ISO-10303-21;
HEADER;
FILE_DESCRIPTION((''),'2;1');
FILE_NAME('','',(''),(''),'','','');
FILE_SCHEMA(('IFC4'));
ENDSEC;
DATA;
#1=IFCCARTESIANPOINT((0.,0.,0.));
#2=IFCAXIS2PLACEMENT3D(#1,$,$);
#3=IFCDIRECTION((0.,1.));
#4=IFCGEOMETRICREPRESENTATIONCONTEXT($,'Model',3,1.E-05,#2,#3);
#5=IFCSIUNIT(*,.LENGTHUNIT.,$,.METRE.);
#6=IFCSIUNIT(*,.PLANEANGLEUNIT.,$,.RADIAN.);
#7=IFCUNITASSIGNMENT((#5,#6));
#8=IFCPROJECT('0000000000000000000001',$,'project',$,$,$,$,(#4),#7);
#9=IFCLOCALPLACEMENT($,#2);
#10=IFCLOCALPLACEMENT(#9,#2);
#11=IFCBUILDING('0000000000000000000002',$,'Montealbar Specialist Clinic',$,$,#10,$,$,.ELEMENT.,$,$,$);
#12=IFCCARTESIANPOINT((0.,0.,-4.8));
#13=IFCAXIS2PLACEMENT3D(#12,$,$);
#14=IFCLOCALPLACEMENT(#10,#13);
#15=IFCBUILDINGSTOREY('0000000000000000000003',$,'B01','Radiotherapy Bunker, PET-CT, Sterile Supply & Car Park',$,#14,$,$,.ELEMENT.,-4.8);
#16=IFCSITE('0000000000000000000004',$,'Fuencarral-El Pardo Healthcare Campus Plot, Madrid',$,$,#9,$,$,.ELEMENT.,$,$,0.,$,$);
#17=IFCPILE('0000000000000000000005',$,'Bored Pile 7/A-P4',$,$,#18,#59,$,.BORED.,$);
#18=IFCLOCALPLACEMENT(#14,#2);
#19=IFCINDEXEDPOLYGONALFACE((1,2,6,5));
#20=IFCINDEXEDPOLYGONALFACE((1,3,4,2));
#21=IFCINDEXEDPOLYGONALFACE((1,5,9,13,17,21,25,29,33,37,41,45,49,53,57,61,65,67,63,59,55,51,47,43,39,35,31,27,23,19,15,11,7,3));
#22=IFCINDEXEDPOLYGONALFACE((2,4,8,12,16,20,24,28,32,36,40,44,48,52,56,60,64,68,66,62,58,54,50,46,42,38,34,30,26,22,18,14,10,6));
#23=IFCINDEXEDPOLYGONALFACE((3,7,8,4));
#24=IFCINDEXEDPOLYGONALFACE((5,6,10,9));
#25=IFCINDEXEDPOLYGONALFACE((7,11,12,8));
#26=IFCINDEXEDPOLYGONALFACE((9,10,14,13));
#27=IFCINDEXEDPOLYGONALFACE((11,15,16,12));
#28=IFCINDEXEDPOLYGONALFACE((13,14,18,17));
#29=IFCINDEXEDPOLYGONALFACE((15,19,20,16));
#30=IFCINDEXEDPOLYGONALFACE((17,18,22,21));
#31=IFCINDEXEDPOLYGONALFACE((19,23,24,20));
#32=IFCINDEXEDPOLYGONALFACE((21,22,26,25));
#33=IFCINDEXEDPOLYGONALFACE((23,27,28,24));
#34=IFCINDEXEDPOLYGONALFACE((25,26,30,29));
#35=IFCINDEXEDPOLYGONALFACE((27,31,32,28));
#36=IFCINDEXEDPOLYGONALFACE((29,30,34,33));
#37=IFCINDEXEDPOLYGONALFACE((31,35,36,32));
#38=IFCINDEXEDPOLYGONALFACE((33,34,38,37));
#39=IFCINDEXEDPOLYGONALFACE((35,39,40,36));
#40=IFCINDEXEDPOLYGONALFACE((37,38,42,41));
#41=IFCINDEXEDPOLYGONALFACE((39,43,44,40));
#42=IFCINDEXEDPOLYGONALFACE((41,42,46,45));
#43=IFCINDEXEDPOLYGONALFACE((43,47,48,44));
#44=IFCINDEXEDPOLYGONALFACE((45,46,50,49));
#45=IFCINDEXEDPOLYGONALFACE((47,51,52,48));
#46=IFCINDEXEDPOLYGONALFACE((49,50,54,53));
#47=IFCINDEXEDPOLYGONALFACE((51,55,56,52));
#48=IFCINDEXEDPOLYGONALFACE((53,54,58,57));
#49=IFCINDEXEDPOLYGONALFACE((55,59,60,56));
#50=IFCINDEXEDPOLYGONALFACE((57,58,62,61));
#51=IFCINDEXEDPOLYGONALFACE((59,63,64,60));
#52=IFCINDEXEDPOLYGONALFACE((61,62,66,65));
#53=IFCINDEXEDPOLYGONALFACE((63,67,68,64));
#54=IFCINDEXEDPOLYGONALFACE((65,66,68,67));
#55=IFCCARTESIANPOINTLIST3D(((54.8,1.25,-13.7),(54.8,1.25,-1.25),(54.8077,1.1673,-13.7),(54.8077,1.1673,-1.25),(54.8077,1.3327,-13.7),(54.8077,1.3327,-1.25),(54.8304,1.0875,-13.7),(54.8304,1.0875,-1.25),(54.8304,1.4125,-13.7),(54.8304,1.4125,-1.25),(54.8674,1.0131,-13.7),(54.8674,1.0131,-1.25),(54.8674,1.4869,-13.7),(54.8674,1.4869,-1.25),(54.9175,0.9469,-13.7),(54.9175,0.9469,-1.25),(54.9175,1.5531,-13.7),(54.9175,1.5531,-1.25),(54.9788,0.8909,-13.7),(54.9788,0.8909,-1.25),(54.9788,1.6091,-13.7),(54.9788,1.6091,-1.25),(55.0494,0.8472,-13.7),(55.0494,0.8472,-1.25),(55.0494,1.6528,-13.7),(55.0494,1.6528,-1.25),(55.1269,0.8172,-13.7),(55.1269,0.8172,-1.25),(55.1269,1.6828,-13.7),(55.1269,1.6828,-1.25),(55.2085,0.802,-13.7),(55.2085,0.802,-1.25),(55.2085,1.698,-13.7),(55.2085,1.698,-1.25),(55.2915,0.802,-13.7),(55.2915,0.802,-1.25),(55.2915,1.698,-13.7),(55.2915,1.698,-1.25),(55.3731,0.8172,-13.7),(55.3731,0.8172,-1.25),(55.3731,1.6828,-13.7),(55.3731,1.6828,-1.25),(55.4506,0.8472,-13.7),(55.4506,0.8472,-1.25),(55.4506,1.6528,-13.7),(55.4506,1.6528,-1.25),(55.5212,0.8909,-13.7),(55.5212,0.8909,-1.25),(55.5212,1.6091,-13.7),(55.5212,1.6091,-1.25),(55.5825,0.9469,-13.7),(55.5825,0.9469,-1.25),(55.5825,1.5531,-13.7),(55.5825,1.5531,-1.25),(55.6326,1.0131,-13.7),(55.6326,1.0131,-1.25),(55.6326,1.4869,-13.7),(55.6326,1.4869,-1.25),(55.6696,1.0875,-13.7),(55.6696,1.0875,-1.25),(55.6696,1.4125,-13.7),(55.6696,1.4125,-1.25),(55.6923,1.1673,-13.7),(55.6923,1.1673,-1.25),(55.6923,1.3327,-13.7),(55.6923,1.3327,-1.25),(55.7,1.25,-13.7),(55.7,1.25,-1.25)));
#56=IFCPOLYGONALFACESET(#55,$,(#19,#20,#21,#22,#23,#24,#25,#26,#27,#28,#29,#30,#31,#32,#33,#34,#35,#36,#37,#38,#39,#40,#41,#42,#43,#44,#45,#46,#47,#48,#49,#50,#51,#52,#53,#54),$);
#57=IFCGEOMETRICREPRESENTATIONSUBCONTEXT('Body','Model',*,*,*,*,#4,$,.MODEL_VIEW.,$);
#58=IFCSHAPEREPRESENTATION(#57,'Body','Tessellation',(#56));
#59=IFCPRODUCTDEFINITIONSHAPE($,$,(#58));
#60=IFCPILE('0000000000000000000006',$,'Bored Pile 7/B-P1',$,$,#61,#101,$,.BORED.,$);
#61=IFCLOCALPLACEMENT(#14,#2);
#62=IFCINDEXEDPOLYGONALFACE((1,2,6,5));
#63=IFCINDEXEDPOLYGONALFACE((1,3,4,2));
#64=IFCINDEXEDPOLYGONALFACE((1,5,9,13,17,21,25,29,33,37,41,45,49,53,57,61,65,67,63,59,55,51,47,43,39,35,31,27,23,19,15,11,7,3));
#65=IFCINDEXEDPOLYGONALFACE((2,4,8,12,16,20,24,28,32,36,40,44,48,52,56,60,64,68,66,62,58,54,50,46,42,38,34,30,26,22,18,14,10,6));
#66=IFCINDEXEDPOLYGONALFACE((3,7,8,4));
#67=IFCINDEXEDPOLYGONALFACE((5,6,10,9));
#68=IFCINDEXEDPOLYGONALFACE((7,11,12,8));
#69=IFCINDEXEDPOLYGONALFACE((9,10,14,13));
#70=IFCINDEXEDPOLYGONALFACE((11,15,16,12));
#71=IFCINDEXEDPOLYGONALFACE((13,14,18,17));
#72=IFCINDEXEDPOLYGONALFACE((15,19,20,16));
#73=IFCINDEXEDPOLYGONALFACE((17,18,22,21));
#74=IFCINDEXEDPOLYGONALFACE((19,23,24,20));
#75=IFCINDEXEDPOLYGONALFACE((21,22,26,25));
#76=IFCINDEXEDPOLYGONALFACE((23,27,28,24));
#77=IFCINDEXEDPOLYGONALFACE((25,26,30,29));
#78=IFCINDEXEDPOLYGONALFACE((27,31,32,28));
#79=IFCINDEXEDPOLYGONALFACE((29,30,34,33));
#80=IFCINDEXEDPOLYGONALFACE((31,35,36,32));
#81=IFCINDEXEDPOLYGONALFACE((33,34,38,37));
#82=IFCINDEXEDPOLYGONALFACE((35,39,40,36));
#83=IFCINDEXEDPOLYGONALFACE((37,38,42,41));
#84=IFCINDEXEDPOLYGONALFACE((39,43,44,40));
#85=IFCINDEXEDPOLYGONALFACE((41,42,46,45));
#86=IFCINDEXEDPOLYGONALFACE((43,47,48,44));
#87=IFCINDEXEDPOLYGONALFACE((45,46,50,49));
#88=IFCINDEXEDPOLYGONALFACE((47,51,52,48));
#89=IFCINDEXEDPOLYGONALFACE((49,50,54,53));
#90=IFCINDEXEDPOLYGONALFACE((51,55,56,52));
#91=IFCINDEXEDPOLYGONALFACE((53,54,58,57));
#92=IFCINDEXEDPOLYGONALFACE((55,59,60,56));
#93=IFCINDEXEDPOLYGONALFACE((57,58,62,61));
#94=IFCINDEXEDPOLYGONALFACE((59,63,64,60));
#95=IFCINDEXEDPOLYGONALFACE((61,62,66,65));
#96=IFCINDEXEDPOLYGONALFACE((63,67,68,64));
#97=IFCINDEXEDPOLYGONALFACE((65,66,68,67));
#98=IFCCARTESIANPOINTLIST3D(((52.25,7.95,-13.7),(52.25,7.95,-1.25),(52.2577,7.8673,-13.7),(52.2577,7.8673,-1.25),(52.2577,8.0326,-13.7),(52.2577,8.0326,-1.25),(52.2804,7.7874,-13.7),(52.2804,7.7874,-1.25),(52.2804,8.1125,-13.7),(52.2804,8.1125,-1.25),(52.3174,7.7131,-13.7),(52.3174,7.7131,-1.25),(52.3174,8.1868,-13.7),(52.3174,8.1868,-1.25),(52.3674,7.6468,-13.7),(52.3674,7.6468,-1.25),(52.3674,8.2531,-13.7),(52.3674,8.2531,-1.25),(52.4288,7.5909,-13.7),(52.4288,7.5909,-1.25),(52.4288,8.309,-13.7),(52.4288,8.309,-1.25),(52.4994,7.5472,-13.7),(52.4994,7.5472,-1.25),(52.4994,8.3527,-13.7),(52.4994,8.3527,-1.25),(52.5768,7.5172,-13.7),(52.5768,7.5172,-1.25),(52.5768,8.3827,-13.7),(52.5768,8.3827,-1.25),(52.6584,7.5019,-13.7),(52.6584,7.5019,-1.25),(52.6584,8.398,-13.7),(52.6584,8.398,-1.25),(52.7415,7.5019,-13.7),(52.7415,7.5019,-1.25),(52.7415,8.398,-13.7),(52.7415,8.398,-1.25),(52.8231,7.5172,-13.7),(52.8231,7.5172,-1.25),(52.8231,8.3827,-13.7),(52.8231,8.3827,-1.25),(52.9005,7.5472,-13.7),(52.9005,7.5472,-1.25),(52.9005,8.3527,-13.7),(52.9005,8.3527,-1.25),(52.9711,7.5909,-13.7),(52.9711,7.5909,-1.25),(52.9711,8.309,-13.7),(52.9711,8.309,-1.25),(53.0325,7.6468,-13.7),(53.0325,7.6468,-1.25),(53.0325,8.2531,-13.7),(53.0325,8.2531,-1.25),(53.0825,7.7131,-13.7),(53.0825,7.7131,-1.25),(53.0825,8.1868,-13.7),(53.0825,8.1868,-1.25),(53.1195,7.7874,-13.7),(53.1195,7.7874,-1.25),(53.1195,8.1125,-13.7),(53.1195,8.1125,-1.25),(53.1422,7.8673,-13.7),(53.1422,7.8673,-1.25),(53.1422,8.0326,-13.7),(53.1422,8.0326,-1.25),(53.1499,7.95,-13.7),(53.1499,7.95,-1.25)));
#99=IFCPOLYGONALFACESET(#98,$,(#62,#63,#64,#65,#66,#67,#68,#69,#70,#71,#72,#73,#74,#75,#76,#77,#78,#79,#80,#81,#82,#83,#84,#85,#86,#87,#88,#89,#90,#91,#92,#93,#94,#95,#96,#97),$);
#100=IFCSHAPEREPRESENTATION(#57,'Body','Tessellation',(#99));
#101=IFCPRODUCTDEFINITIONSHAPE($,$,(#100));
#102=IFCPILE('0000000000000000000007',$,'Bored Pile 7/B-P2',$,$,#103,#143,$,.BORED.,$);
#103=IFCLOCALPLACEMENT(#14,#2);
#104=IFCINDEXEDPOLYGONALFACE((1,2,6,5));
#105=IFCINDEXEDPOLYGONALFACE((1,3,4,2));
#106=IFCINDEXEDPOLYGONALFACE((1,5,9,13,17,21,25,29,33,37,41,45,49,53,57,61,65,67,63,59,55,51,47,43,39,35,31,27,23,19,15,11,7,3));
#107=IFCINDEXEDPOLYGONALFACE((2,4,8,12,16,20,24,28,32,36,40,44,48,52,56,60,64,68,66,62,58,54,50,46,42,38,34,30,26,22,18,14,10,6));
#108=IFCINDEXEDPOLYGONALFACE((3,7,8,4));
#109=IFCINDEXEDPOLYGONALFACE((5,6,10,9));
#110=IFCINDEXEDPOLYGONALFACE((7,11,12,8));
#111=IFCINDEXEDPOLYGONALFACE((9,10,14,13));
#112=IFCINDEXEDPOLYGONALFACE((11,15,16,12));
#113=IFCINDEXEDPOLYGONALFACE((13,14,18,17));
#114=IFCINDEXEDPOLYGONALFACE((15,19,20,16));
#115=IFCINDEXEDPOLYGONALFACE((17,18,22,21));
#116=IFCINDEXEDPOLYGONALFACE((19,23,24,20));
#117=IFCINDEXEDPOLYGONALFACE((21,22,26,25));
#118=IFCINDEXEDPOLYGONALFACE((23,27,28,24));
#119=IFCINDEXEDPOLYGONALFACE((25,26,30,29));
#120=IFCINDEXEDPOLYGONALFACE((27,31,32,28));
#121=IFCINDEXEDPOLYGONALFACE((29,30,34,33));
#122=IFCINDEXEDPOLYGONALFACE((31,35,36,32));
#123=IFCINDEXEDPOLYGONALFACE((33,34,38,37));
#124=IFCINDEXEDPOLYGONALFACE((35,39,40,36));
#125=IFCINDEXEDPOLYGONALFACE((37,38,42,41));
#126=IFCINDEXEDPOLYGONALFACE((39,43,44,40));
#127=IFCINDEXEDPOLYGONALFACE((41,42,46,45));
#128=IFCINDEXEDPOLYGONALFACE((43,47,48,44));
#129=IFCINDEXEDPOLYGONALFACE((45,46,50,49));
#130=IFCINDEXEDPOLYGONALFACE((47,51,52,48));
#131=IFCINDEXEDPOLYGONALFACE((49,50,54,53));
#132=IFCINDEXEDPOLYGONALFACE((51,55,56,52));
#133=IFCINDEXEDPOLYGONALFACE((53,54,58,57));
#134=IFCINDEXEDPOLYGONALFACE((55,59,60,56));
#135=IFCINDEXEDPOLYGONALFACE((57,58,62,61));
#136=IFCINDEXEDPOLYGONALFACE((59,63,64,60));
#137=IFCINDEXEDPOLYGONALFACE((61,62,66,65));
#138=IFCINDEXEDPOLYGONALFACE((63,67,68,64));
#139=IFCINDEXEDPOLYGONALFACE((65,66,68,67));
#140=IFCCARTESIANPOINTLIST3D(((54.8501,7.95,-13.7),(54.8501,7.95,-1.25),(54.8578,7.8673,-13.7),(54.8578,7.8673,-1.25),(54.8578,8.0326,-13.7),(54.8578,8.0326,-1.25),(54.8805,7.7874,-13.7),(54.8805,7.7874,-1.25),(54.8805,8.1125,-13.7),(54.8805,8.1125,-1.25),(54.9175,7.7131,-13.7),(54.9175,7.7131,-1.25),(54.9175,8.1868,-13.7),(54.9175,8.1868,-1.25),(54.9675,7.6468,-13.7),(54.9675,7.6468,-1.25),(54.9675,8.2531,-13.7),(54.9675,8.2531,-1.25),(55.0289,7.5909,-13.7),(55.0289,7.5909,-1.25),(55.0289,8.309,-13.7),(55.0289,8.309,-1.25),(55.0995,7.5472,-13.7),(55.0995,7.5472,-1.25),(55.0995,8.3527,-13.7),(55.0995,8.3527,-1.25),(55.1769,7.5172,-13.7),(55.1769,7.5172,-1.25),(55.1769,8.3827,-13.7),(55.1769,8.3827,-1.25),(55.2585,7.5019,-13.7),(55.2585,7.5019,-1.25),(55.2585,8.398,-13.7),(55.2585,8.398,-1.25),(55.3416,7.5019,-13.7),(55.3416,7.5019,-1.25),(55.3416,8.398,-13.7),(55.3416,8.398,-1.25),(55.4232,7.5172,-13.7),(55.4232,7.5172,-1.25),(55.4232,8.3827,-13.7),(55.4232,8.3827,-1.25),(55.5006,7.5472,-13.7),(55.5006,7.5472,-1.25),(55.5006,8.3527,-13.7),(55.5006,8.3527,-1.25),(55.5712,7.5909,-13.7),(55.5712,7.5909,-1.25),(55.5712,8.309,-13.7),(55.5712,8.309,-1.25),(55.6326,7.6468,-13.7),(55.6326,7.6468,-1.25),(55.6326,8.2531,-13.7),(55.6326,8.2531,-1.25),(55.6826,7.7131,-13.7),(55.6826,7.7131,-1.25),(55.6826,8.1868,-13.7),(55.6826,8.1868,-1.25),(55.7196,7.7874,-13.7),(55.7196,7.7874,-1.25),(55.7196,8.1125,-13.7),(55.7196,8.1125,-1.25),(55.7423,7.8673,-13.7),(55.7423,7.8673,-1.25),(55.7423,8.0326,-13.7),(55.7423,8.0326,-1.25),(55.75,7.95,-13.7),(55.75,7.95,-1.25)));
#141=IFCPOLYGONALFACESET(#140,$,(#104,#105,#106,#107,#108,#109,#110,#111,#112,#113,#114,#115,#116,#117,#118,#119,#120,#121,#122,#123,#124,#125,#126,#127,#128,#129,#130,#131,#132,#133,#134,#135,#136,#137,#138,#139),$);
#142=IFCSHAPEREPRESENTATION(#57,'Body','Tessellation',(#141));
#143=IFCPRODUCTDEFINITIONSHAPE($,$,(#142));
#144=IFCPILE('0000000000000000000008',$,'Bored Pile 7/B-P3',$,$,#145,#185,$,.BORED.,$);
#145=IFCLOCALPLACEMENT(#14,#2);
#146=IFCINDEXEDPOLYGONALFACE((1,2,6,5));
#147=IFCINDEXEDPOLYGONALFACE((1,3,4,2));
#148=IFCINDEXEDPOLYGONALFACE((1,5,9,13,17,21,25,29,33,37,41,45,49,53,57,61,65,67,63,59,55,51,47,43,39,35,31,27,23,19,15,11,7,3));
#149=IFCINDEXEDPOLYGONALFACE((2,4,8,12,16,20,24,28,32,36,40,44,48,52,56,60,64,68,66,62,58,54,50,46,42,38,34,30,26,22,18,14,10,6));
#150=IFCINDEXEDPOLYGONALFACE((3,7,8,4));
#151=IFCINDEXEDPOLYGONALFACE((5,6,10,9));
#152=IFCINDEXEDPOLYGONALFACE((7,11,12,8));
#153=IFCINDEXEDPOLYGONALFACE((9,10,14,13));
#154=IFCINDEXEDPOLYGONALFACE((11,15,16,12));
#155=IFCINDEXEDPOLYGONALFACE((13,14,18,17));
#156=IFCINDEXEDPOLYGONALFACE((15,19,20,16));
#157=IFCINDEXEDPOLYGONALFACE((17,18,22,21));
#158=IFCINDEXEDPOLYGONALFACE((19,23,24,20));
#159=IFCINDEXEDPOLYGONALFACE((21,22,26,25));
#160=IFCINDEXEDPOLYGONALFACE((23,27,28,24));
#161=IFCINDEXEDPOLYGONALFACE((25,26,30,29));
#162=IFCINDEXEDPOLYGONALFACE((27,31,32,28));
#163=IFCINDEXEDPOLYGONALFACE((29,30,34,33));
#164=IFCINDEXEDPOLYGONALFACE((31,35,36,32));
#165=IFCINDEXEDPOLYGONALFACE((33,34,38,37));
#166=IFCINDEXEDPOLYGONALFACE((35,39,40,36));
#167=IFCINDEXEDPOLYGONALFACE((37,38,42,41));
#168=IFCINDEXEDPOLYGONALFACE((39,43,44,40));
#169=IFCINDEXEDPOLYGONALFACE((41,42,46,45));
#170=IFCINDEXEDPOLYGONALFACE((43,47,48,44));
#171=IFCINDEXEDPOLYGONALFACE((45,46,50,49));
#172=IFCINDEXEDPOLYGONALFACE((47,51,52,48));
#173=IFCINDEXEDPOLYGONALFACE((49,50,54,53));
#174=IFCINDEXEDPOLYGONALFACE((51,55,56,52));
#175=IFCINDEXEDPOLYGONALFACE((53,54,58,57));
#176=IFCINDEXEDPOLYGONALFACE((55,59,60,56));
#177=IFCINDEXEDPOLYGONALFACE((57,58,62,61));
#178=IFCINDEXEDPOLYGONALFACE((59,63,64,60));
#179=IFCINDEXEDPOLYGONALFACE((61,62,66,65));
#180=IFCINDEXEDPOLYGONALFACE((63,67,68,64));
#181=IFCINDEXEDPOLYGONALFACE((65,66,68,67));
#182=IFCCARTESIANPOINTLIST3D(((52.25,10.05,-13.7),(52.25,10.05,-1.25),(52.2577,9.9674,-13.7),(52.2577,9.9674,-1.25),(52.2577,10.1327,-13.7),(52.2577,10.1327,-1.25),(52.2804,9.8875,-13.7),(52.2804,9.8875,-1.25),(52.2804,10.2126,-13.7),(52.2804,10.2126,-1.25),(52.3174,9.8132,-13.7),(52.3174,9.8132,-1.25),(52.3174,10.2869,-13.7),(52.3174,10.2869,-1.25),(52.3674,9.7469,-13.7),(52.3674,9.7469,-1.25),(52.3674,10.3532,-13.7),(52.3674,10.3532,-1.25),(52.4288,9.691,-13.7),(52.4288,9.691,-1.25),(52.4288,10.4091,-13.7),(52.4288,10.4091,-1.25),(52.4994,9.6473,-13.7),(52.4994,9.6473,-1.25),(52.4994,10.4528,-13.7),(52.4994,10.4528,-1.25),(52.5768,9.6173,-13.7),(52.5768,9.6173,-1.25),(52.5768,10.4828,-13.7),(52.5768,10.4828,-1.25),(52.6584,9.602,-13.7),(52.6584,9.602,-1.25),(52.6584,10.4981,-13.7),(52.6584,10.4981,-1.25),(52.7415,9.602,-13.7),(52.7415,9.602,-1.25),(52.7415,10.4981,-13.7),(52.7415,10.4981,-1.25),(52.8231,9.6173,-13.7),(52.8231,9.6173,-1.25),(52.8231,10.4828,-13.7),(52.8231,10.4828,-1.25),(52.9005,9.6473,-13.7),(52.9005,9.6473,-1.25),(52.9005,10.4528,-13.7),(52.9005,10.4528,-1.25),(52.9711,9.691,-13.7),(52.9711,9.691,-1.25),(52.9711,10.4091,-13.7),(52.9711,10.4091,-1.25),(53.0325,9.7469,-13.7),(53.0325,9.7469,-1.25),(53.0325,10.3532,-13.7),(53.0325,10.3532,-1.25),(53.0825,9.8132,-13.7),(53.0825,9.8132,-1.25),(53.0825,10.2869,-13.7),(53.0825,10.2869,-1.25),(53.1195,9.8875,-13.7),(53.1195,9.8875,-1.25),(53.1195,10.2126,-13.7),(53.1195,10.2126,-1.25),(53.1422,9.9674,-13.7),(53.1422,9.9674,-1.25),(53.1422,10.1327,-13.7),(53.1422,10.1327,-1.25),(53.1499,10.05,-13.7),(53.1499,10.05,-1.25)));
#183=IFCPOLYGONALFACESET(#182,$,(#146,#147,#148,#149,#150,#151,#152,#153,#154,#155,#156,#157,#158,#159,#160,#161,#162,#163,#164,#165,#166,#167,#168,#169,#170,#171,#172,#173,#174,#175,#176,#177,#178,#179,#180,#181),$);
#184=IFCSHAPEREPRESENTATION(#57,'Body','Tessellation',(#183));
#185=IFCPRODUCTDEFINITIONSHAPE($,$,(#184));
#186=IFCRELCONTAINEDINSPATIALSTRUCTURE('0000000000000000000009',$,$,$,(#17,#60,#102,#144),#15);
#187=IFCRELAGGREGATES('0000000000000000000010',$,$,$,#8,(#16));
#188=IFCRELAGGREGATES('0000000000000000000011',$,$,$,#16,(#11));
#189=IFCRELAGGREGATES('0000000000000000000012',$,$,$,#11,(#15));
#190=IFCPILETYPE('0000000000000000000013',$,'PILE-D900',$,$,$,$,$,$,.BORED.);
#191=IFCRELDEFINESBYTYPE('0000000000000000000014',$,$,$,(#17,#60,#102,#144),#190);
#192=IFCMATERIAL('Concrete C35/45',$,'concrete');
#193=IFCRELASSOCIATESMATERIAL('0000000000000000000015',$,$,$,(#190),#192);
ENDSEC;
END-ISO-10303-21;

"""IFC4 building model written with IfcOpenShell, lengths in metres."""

from ifc_helpers import new_model, si_unit, direction, frame, origin, origin_2d, place, context, subcontext, project, spatial, circle, extrude, material, material_profile, profile_set, type_object, element, save


model = new_model("IFC4")

# Units and contexts
model_context = context("Model", 3, precision=1e-05, world=origin(), true_north=direction((0.0, 1.0)))
body_context = subcontext(model_context, "Body", "Model", "MODEL_VIEW")
ifc_project = project(units=[si_unit("LENGTHUNIT", "METRE"), si_unit("PLANEANGLEUNIT", "RADIAN")], contexts=[model_context])

# Site, building, storey
site_placement = place(None, origin())
site = spatial("IfcSite", under=ifc_project, at=site_placement, Name="Fuencarral-El Pardo Healthcare Campus Plot, Madrid", CompositionType="ELEMENT", RefElevation=0.0)
building_placement = place(site_placement, origin())
building = spatial("IfcBuilding", under=site, at=building_placement, Name="Montealbar Specialist Clinic", CompositionType="ELEMENT")
storey_placement = place(building_placement, frame((0.0, 0.0, -4.8)))
storey = spatial("IfcBuildingStorey", under=building, at=storey_placement, Name="B01", Description="Radiotherapy Bunker, PET-CT, Sterile Supply & Car Park", CompositionType="ELEMENT", Elevation=-4.8)

# Shared definitions
ifc_material_1 = material(Name="Concrete C35/45", Category="concrete")

# Piles
ifc_material_profile_1 = material_profile(ifc_material_1, circle(Radius=0.45, at=origin_2d()), Name="PILE D900", Category="concrete")
ifc_profile_set_1 = profile_set([ifc_material_profile_1], Name="Concrete C35/45")
pile_type = type_object("IfcPileType", Name="PILE-D900", PredefinedType="BORED", material=ifc_profile_set_1)
for number, where, z_axis, x_axis, name in (
    (1, (55.25, 1.25, -1.25), (0.0, 0.0, -1.0), (1.0, 0.0, 0.0), "Bored Pile 7/A-P4"),
    (2, (52.7, 7.95, -1.25), (0.0, 0.0, -1.0), (1.0, 0.0, 0.0), "Bored Pile 7/B-P1"),
    (3, (55.3, 7.95, -1.25), (0.0, 0.0, -1.0), (1.0, 0.0, 0.0), "Bored Pile 7/B-P2"),
    (4, (52.7, 10.05, -1.25), (0.0, 0.0, -1.0), (1.0, 0.0, 0.0), "Bored Pile 7/B-P3"),
):
    element("IfcPile", number, at=place(storey_placement, frame(where, z_axis=z_axis, x_axis=x_axis)), inside=storey, type_object=pile_type, Name=name, PredefinedType="BORED", context=body_context, shape_type="SweptSolid", body=[
        extrude(circle(Radius=0.45, at=origin_2d()), origin(), (0.0, 0.0, 1.0), 12.45),
    ])

save(model, "model.ifc")
